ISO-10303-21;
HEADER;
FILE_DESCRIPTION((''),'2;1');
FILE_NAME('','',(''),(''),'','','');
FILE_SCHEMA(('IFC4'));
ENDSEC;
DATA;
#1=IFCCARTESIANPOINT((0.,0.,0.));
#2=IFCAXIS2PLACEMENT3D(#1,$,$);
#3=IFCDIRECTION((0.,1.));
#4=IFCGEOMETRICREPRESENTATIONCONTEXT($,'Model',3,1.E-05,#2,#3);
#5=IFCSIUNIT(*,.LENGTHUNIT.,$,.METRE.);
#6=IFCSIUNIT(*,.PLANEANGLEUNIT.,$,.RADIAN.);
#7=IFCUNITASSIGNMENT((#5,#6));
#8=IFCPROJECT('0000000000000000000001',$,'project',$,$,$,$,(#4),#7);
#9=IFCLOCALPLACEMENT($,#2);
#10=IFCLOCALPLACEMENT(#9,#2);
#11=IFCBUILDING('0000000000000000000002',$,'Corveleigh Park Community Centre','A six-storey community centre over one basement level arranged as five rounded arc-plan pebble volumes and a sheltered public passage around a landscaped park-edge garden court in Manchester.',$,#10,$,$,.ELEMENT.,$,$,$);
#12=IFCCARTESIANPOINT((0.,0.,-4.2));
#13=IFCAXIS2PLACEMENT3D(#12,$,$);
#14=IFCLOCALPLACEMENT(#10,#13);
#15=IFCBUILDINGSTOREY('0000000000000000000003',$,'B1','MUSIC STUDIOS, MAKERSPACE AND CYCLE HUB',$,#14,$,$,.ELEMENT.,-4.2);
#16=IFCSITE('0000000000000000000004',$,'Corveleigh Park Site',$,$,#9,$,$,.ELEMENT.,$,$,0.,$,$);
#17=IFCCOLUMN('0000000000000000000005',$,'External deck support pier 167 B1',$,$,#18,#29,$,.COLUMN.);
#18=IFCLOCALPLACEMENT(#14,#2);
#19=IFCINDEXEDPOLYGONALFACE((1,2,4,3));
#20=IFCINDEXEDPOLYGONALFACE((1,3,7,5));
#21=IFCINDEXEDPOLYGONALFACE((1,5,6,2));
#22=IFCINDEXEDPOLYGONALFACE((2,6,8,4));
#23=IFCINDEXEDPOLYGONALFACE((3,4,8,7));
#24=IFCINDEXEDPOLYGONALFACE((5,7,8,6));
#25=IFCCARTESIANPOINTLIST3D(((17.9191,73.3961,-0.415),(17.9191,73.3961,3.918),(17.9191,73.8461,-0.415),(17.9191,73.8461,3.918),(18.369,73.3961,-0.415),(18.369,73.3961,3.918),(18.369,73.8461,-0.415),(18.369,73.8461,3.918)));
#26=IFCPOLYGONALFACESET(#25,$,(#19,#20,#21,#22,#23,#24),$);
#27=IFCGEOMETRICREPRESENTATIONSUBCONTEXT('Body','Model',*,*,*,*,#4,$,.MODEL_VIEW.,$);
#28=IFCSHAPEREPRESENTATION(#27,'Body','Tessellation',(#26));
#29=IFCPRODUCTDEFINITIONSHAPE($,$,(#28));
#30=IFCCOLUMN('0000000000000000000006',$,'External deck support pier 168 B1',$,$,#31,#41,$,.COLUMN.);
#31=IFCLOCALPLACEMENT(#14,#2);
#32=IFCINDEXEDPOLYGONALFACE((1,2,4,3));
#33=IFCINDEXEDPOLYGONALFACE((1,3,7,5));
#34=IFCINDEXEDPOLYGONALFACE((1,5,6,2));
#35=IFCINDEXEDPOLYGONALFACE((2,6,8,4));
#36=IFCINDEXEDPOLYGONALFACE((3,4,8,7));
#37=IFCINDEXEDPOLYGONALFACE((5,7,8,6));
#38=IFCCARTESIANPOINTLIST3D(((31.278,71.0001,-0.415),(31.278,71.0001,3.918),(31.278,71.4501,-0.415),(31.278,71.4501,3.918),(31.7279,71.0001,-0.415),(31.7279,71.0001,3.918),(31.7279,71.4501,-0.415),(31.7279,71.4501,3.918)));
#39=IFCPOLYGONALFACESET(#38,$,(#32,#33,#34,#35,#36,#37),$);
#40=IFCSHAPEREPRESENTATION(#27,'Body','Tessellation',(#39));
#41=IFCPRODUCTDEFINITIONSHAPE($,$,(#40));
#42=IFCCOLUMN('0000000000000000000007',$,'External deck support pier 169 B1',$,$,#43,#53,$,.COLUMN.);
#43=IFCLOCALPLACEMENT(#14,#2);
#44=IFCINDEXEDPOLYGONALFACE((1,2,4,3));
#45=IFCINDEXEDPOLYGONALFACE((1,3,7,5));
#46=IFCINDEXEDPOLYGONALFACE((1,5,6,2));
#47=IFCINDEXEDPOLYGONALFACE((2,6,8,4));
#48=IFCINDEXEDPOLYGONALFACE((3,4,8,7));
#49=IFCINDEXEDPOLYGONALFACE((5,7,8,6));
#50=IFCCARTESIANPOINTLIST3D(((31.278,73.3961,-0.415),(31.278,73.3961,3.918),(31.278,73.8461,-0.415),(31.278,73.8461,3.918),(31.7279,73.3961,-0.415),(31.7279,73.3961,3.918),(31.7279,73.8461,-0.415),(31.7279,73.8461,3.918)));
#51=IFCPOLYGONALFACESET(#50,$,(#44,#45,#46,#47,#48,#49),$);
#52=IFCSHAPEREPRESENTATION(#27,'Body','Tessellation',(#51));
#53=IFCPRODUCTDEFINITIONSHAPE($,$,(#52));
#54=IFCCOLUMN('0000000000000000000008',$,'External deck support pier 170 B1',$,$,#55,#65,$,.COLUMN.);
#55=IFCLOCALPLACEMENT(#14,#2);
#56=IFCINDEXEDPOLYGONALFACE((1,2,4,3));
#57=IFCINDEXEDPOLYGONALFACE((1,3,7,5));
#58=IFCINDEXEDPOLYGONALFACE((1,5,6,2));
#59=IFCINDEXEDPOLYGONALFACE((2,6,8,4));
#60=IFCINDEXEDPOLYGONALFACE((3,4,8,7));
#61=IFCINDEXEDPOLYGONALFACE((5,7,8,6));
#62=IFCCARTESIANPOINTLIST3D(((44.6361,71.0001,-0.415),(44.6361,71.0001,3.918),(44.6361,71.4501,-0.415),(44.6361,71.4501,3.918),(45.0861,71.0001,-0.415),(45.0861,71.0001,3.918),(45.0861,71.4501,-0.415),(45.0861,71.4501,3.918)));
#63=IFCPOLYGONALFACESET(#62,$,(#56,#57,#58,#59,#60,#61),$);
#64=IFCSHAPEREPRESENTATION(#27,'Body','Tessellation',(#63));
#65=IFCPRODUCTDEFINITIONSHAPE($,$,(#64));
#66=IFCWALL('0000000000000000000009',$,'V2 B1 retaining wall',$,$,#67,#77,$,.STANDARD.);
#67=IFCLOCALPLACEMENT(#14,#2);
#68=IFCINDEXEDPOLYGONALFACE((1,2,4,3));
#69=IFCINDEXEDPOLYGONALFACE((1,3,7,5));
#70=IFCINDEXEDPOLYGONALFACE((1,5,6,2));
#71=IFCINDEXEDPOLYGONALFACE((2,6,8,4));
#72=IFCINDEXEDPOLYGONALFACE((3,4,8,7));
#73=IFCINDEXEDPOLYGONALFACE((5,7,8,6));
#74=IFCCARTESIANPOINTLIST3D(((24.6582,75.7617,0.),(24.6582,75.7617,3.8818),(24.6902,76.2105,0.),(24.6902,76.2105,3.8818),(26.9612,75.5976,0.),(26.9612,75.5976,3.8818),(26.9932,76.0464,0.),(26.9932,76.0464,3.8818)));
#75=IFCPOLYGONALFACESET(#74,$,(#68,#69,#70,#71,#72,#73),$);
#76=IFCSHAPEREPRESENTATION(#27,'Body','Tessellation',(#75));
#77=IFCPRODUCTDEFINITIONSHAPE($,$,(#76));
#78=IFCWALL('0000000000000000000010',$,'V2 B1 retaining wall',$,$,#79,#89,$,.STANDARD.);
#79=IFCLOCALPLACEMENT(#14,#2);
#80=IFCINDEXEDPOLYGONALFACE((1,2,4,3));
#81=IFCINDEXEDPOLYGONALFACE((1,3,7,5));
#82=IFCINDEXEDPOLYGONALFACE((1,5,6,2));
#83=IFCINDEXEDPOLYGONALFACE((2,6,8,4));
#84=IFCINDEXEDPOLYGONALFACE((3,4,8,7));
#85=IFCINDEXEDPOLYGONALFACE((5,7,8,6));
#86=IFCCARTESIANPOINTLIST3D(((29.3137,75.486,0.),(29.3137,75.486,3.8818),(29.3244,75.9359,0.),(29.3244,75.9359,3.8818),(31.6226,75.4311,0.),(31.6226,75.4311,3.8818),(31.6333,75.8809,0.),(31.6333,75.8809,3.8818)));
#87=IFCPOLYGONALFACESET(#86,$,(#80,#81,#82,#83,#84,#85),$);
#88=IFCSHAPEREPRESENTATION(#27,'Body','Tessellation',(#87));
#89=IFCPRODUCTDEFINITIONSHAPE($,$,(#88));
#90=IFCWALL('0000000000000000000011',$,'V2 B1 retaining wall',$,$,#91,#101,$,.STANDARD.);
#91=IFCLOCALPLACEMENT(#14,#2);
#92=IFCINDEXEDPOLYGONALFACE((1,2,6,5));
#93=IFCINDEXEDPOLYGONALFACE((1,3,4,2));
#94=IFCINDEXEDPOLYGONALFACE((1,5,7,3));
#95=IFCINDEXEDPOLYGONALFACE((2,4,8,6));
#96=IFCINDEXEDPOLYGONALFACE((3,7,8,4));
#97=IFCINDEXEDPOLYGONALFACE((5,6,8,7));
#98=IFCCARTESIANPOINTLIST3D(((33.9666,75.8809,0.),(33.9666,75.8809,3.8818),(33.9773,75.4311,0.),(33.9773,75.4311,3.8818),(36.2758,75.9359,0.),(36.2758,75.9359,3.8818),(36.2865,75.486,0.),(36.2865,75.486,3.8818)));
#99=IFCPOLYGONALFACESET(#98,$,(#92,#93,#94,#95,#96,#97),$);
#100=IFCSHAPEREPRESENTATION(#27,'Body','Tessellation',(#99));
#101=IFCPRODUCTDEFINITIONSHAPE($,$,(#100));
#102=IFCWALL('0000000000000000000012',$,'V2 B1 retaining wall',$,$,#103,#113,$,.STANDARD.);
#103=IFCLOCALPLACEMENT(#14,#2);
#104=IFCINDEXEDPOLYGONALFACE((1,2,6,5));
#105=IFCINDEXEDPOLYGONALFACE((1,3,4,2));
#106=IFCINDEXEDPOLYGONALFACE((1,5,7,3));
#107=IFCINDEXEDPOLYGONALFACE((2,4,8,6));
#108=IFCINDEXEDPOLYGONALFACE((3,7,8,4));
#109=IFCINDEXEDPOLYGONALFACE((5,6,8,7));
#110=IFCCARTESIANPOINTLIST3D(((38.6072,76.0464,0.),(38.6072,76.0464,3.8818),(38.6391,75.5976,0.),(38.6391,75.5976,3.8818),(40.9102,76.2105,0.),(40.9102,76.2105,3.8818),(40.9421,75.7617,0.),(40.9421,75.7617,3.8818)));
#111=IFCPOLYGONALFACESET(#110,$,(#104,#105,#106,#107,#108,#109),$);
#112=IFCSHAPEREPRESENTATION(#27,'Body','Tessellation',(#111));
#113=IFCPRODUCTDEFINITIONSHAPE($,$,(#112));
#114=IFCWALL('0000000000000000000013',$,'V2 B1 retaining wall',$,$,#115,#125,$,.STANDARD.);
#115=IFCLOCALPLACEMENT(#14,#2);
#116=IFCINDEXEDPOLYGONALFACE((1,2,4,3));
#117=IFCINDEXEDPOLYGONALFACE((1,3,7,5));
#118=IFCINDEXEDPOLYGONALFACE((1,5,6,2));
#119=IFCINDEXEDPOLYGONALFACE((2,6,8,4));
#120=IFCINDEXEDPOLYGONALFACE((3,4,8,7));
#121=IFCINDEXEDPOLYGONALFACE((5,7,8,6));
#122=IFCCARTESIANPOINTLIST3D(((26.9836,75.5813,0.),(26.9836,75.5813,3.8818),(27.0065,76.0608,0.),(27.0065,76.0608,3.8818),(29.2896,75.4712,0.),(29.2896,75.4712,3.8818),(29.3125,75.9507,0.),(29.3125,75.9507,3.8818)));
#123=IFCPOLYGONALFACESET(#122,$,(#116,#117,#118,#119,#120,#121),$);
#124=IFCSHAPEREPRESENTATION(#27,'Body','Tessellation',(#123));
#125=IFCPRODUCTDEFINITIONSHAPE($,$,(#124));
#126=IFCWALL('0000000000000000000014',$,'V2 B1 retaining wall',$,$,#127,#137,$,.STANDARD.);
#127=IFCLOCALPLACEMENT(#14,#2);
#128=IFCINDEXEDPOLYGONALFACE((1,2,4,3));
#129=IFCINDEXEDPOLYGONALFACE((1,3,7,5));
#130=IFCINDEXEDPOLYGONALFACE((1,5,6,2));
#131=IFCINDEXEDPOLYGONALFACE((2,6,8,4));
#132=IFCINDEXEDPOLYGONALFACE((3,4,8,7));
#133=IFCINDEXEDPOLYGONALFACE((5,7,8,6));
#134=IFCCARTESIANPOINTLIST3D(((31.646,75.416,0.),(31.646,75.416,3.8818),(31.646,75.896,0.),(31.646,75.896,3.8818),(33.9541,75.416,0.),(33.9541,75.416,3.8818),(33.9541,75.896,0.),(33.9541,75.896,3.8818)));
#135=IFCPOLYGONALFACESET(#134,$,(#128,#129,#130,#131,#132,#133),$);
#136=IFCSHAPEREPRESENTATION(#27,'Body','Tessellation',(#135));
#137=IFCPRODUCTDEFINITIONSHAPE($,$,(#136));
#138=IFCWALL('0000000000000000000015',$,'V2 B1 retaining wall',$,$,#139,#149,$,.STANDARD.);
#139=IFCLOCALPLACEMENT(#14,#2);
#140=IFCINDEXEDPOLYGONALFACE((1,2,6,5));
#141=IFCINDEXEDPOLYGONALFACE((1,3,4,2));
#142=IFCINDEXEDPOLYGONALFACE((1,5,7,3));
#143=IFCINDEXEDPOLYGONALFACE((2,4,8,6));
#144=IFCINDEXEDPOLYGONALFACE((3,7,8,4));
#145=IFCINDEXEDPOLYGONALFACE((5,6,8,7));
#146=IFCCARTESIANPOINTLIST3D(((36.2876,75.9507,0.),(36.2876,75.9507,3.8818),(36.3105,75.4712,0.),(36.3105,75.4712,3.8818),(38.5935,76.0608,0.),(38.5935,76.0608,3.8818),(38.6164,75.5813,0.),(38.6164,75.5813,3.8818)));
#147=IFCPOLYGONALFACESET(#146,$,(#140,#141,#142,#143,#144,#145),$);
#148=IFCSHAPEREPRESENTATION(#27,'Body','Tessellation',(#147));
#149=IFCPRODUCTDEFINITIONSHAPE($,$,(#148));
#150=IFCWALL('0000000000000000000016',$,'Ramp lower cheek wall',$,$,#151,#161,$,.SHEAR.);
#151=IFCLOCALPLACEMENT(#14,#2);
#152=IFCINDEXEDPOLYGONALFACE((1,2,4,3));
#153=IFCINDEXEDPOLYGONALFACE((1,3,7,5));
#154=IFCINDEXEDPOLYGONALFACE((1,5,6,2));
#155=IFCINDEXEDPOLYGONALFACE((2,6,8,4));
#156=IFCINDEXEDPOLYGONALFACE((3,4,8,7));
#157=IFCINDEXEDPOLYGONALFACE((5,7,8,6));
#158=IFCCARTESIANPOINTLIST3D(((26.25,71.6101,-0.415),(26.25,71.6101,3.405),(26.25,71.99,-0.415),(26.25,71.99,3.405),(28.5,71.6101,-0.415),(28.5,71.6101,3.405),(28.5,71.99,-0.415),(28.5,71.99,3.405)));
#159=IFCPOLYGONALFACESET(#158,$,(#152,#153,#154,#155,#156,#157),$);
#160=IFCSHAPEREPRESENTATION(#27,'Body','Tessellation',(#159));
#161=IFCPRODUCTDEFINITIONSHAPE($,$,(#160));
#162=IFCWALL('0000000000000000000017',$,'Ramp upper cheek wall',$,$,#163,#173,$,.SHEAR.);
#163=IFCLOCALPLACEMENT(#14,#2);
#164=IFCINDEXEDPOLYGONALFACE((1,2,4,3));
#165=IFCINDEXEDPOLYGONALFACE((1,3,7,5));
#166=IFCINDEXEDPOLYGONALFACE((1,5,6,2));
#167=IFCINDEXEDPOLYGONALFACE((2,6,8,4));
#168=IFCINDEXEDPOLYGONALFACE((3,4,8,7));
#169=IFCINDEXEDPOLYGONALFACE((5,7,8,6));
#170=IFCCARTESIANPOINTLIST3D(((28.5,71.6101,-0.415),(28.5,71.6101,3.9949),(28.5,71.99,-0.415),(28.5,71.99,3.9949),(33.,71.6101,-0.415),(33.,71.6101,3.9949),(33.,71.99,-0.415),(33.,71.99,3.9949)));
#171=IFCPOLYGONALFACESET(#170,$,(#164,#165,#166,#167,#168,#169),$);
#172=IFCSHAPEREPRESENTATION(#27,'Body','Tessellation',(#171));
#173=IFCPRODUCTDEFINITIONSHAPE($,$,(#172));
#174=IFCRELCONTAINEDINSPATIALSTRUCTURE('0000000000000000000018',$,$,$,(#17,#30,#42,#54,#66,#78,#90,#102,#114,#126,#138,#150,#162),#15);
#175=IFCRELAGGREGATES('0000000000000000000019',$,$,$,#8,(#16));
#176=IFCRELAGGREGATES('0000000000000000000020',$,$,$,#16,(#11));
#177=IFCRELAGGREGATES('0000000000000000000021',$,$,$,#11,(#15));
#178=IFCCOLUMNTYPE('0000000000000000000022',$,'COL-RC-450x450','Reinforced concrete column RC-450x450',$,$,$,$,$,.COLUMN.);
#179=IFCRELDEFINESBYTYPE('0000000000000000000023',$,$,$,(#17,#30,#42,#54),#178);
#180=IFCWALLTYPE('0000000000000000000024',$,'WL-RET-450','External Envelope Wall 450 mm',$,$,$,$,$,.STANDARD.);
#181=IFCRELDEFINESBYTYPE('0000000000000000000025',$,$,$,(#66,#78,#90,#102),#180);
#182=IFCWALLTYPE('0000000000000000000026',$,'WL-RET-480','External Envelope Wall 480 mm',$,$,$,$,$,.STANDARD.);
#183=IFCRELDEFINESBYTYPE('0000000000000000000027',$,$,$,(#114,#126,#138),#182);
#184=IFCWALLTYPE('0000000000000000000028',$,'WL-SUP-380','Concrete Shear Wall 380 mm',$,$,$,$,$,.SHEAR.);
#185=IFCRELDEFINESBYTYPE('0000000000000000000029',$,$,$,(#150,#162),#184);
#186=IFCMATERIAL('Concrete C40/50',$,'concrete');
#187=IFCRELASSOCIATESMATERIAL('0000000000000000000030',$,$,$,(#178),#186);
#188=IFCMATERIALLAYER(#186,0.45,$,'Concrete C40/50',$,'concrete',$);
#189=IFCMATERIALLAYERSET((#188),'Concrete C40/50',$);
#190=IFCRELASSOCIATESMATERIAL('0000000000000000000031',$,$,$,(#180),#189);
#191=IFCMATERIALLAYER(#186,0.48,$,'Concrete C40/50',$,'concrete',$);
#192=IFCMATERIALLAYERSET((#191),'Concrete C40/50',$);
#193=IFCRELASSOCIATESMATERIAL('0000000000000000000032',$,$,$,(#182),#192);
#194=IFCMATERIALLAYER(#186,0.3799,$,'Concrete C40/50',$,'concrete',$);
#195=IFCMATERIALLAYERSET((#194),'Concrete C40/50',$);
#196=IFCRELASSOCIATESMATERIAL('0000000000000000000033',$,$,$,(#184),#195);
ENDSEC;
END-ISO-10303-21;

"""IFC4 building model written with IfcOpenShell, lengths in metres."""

from ifc_helpers import new_model, si_unit, direction, frame, frame_2d, origin, origin_2d, place, context, subcontext, project, spatial, rectangle, extrude, material, layer, layer_set, material_profile, profile_set, type_object, element, save


model = new_model("IFC4")

# Units and contexts
model_context = context("Model", 3, precision=1e-05, world=origin(), true_north=direction((0.0, 1.0)))
body_context = subcontext(model_context, "Body", "Model", "MODEL_VIEW")
ifc_project = project(units=[si_unit("LENGTHUNIT", "METRE"), si_unit("PLANEANGLEUNIT", "RADIAN")], contexts=[model_context])

# Site, building, storey
site_placement = place(None, origin())
site = spatial("IfcSite", under=ifc_project, at=site_placement, Name="Corveleigh Park Site", CompositionType="ELEMENT", RefElevation=0.0)
building_placement = place(site_placement, origin())
building = spatial("IfcBuilding", under=site, at=building_placement, Name="Corveleigh Park Community Centre", Description="A six-storey community centre over one basement level arranged as five rounded arc-plan pebble volumes and a sheltered public passage around a landscaped park-edge garden court in Manchester.", CompositionType="ELEMENT")
storey_placement = place(building_placement, frame((0.0, 0.0, -4.2)))
storey = spatial("IfcBuildingStorey", under=building, at=storey_placement, Name="B1", Description="MUSIC STUDIOS, MAKERSPACE AND CYCLE HUB", CompositionType="ELEMENT", Elevation=-4.2)

# Shared definitions
ifc_material_1 = material(Name="Concrete C40/50", Category="concrete")

# Columns
ifc_material_profile_1 = material_profile(ifc_material_1, rectangle(XDim=0.45, YDim=0.45, at=origin_2d()), Name="RC-450x450", Category="concrete")
ifc_profile_set_1 = profile_set([ifc_material_profile_1], Name="Concrete C40/50")
column_type = type_object("IfcColumnType", Name="COL-RC-450x450", Description="Reinforced concrete column RC-450x450", PredefinedType="COLUMN", material=ifc_profile_set_1)
for number, where, z_axis, x_axis, name in (
    (1, (18.144, 73.6211, -0.415), (0.0, 0.0, 1.0), (1.0, 0.0, 0.0), "External deck support pier 167 B1"),
    (2, (31.5029, 71.2251, -0.415), (0.0, 0.0, 1.0), (1.0, 0.0, 0.0), "External deck support pier 168 B1"),
    (3, (31.5029, 73.6211, -0.415), (0.0, 0.0, 1.0), (1.0, 0.0, 0.0), "External deck support pier 169 B1"),
    (4, (44.8611, 71.2251, -0.415), (0.0, 0.0, 1.0), (1.0, 0.0, 0.0), "External deck support pier 170 B1"),
):
    element("IfcColumn", number, at=place(storey_placement, frame(where, z_axis=z_axis, x_axis=x_axis)), inside=storey, type_object=column_type, Name=name, PredefinedType="COLUMN", context=body_context, shape_type="SweptSolid", body=[
        extrude(rectangle(XDim=0.45, YDim=0.45, at=origin_2d()), origin(), (0.0, 0.0, 1.0), 4.333),
    ])

# Walls
ifc_layer_1 = layer(ifc_material_1, 0.45, Name="Concrete C40/50", Category="concrete")
ifc_layer_set_1 = layer_set([ifc_layer_1], Name="Concrete C40/50")
wall_type_1 = type_object("IfcWallType", Name="WL-RET-450", Description="External Envelope Wall 450 mm", PredefinedType="STANDARD", material=ifc_layer_set_1)
wall_1_placement = place(storey_placement, frame((26.9771, 75.822, 0.0), z_axis=(0.0, 0.0, 1.0), x_axis=(-0.997472, 0.071059, 0.0)))
element("IfcWall", 5, at=wall_1_placement, inside=storey, type_object=wall_type_1, Name="V2 B1 retaining wall", PredefinedType="STANDARD", context=body_context, shape_type="SweptSolid", body=[
    extrude(rectangle(XDim=2.3088, YDim=0.45, at=frame_2d((1.1543, 0.0))), origin(), (0.0, 0.0, 1.0), 3.8818),
])
wall_2_placement = place(storey_placement, frame((31.6279, 75.656, 0.0), z_axis=(0.0, 0.0, 1.0), x_axis=(-0.999717, 0.023785, 0.0)))
element("IfcWall", 6, at=wall_2_placement, inside=storey, type_object=wall_type_1, Name="V2 B1 retaining wall", PredefinedType="STANDARD", context=body_context, shape_type="SweptSolid", body=[
    extrude(rectangle(XDim=2.3096, YDim=0.45, at=frame_2d((1.1548, 0.0))), origin(), (0.0, 0.0, 1.0), 3.8818),
])
wall_3_placement = place(storey_placement, frame((36.281, 75.7109, 0.0), z_axis=(0.0, 0.0, 1.0), x_axis=(-0.999717, -0.023783, 0.0)))
element("IfcWall", 7, at=wall_3_placement, inside=storey, type_object=wall_type_1, Name="V2 B1 retaining wall", PredefinedType="STANDARD", context=body_context, shape_type="SweptSolid", body=[
    extrude(rectangle(XDim=2.3098, YDim=0.45, at=frame_2d((1.1548, 0.0))), origin(), (0.0, 0.0, 1.0), 3.8818),
])
wall_4_placement = place(storey_placement, frame((40.926, 75.9861, 0.0), z_axis=(0.0, 0.0, 1.0), x_axis=(-0.997472, -0.071059, 0.0)))
element("IfcWall", 8, at=wall_4_placement, inside=storey, type_object=wall_type_1, Name="V2 B1 retaining wall", PredefinedType="STANDARD", context=body_context, shape_type="SweptSolid", body=[
    extrude(rectangle(XDim=2.3088, YDim=0.45, at=frame_2d((1.1543, 0.0))), origin(), (0.0, 0.0, 1.0), 3.8818),
])
ifc_layer_2 = layer(ifc_material_1, 0.48, Name="Concrete C40/50", Category="concrete")
ifc_layer_set_2 = layer_set([ifc_layer_2], Name="Concrete C40/50")
wall_type_2 = type_object("IfcWallType", Name="WL-RET-480", Description="External Envelope Wall 480 mm", PredefinedType="STANDARD", material=ifc_layer_set_2)
wall_5_placement = place(storey_placement, frame((29.301, 75.7109, 0.0), z_axis=(0.0, 0.0, 1.0), x_axis=(-0.998862, 0.047696, 0.0)))
element("IfcWall", 9, at=wall_5_placement, inside=storey, type_object=wall_type_2, Name="V2 B1 retaining wall", PredefinedType="STANDARD", context=body_context, shape_type="SweptSolid", body=[
    extrude(rectangle(XDim=2.3086, YDim=0.48, at=frame_2d((1.1543, 0.0))), origin(), (0.0, 0.0, 1.0), 3.8818),
])
wall_6_placement = place(storey_placement, frame((33.9541, 75.656, 0.0), z_axis=(0.0, 0.0, 1.0), x_axis=(-1.0, 0.0, 0.0)))
element("IfcWall", 10, at=wall_6_placement, inside=storey, type_object=wall_type_2, Name="V2 B1 retaining wall", PredefinedType="STANDARD", context=body_context, shape_type="SweptSolid", body=[
    extrude(rectangle(XDim=2.3081, YDim=0.48, at=frame_2d((1.1541, 0.0))), origin(), (0.0, 0.0, 1.0), 3.8818),
])
wall_7_placement = place(storey_placement, frame((38.605, 75.821, 0.0), z_axis=(0.0, 0.0, 1.0), x_axis=(-0.998862, -0.047696, 0.0)))
element("IfcWall", 11, at=wall_7_placement, inside=storey, type_object=wall_type_2, Name="V2 B1 retaining wall", PredefinedType="STANDARD", context=body_context, shape_type="SweptSolid", body=[
    extrude(rectangle(XDim=2.3086, YDim=0.48, at=frame_2d((1.1543, 0.0))), origin(), (0.0, 0.0, 1.0), 3.8818),
])
ifc_layer_3 = layer(ifc_material_1, 0.3799, Name="Concrete C40/50", Category="concrete")
ifc_layer_set_3 = layer_set([ifc_layer_3], Name="Concrete C40/50")
wall_type_3 = type_object("IfcWallType", Name="WL-SUP-380", Description="Concrete Shear Wall 380 mm", PredefinedType="SHEAR", material=ifc_layer_set_3)
wall_8_placement = place(storey_placement, frame((26.25, 71.8, -0.415), z_axis=(0.0, 0.0, 1.0), x_axis=(1.0, 0.0, 0.0)))
element("IfcWall", 12, at=wall_8_placement, inside=storey, type_object=wall_type_3, Name="Ramp lower cheek wall", PredefinedType="SHEAR", context=body_context, shape_type="SweptSolid", body=[
    extrude(rectangle(XDim=2.25, YDim=0.3799, at=frame_2d((1.125, 0.0))), origin(), (0.0, 0.0, 1.0), 3.8201),
])
wall_9_placement = place(storey_placement, frame((28.5, 71.8, -0.415), z_axis=(0.0, 0.0, 1.0), x_axis=(1.0, 0.0, 0.0)))
element("IfcWall", 13, at=wall_9_placement, inside=storey, type_object=wall_type_3, Name="Ramp upper cheek wall", PredefinedType="SHEAR", context=body_context, shape_type="SweptSolid", body=[
    extrude(rectangle(XDim=4.5, YDim=0.3799, at=frame_2d((2.25, 0.0))), origin(), (0.0, 0.0, 1.0), 4.4099),
])

save(model, "model.ifc")
